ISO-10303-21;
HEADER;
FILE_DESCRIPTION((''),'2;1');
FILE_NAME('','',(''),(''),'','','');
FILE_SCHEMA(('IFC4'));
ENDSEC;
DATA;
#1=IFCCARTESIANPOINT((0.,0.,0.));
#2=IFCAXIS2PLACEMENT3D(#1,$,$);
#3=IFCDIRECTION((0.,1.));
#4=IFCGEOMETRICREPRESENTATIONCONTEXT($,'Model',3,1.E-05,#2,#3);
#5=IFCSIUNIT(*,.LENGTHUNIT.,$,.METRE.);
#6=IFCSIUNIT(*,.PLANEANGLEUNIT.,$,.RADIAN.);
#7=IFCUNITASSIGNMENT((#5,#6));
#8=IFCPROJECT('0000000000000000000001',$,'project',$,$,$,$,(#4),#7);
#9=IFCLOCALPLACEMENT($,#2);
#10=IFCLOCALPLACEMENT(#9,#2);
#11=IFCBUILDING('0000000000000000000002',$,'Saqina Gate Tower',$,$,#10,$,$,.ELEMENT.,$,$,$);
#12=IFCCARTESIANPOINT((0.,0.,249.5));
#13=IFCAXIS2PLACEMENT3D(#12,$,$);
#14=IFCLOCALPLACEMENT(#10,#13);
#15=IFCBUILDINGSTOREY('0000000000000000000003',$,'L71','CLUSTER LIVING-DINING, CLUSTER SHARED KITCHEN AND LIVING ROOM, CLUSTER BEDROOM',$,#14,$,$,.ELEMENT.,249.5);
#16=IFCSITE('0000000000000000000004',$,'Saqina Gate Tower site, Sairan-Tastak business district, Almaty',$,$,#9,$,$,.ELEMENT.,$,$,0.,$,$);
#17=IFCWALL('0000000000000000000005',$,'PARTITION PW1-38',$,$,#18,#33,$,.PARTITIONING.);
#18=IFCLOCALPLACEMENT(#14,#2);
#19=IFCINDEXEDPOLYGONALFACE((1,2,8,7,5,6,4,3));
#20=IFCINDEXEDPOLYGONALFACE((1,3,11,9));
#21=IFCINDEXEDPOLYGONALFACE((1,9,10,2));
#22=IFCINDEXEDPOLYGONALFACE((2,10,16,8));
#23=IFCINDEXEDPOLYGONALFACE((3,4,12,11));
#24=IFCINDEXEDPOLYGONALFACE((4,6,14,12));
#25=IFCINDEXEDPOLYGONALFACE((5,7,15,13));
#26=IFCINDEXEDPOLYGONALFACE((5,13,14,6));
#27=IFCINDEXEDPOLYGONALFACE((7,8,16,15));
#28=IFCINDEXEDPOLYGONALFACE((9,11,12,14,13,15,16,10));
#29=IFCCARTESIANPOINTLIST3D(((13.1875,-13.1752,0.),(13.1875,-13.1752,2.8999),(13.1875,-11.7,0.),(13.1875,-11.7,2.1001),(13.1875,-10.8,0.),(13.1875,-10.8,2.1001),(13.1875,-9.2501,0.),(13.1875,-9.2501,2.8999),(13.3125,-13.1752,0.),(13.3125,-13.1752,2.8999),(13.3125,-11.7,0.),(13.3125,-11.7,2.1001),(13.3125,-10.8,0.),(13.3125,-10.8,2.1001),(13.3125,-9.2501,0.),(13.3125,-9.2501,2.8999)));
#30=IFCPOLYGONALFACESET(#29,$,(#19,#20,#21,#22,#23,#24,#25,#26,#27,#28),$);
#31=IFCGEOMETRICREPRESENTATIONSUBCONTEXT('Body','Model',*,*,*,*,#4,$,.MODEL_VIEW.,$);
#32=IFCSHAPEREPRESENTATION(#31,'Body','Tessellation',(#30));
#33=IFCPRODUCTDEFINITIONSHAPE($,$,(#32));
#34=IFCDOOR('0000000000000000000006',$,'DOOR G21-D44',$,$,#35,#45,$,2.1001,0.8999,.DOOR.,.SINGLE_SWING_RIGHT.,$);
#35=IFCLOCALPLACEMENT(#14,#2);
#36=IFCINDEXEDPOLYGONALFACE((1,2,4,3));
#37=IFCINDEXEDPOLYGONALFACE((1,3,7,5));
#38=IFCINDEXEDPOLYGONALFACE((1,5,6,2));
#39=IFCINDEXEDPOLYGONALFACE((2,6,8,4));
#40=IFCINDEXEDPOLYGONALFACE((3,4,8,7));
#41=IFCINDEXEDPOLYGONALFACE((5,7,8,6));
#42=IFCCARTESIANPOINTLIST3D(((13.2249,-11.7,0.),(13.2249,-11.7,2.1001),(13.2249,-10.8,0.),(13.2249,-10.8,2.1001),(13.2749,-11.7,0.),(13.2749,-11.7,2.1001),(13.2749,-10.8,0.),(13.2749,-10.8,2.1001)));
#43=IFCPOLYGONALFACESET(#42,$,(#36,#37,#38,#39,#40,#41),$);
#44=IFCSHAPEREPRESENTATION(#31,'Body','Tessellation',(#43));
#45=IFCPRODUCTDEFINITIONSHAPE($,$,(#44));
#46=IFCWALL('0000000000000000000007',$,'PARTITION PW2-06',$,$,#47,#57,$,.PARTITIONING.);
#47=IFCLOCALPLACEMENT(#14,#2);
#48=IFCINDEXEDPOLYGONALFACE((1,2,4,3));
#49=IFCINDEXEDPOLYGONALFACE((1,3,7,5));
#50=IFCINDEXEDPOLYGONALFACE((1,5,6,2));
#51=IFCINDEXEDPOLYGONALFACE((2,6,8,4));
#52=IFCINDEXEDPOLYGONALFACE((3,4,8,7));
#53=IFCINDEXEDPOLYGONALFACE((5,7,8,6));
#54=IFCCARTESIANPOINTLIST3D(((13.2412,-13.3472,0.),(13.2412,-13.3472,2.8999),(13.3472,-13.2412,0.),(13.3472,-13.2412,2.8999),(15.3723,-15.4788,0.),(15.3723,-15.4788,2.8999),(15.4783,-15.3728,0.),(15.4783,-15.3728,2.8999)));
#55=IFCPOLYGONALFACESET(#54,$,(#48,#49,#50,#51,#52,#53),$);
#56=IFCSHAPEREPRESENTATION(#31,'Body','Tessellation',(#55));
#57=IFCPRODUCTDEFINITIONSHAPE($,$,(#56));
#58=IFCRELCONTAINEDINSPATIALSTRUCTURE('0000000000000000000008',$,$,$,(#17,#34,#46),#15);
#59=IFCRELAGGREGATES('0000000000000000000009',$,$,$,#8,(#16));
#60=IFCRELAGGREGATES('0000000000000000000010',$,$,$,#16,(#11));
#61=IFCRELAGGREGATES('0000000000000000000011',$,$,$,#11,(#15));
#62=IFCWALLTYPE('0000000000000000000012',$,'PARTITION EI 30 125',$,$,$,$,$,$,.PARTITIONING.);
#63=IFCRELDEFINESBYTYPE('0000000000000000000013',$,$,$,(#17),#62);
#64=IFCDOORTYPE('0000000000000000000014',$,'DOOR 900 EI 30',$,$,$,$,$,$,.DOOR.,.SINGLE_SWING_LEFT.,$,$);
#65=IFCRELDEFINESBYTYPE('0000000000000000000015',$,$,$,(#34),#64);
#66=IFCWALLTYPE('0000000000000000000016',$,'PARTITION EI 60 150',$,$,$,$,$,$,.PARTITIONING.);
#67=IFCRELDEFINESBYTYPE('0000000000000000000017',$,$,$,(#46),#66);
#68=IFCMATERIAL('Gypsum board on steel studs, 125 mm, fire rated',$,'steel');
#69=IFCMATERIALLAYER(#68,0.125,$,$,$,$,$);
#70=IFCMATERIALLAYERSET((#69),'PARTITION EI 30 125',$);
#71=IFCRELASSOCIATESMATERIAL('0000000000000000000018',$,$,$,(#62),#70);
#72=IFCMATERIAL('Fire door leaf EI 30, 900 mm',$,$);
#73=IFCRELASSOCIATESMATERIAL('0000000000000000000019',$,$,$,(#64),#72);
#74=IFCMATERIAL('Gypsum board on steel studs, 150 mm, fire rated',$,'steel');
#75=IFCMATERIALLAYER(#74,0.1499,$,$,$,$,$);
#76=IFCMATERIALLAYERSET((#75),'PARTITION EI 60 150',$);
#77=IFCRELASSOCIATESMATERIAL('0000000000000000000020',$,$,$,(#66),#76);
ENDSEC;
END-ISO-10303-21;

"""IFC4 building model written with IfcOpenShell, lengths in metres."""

from ifc_helpers import new_model, si_unit, direction, frame, frame_2d, origin, place, context, subcontext, project, spatial, rectangle, extrude, material, layer, layer_set, type_object, element, fill, save


model = new_model("IFC4")

# Units and contexts
model_context = context("Model", 3, precision=1e-05, world=origin(), true_north=direction((0.0, 1.0)))
body_context = subcontext(model_context, "Body", "Model", "MODEL_VIEW")
ifc_project = project(units=[si_unit("LENGTHUNIT", "METRE"), si_unit("PLANEANGLEUNIT", "RADIAN")], contexts=[model_context])

# Site, building, storey
site_placement = place(None, origin())
site = spatial("IfcSite", under=ifc_project, at=site_placement, Name="Saqina Gate Tower site, Sairan-Tastak business district, Almaty", CompositionType="ELEMENT", RefElevation=0.0)
building_placement = place(site_placement, origin())
building = spatial("IfcBuilding", under=site, at=building_placement, Name="Saqina Gate Tower", CompositionType="ELEMENT")
storey_placement = place(building_placement, frame((0.0, 0.0, 249.5)))
storey = spatial("IfcBuildingStorey", under=building, at=storey_placement, Name="L71", Description="CLUSTER LIVING-DINING, CLUSTER SHARED KITCHEN AND LIVING ROOM, CLUSTER BEDROOM", CompositionType="ELEMENT", Elevation=249.5)

# Wall, opening, door
ifc_material_1 = material(Name="Gypsum board on steel studs, 125 mm, fire rated", Category="steel")
ifc_layer_1 = layer(ifc_material_1, 0.125)
ifc_layer_set_1 = layer_set([ifc_layer_1], Name="PARTITION EI 30 125")
wall_type_1 = type_object("IfcWallType", Name="PARTITION EI 30 125", PredefinedType="PARTITIONING", material=ifc_layer_set_1)
wall_1_placement = place(storey_placement, frame((13.25, -13.175, 0.0), z_axis=(0.0, 0.0, 1.0), x_axis=(0.0, 1.0, 0.0)))
wall_1 = element("IfcWall", 1, at=wall_1_placement, inside=storey, type_object=wall_type_1, Name="PARTITION PW1-38", PredefinedType="PARTITIONING", context=body_context, shape_type="SweptSolid", body=[
    extrude(rectangle(XDim=3.925, YDim=0.125, at=frame_2d((1.9624, 0.0))), origin(), (0.0, 0.0, 1.0), 2.8999),
])
opening_1_placement = place(wall_1_placement, frame((1.4751, 0.0, 0.0)))
opening_1 = element("IfcOpeningElement", 2, at=opening_1_placement, cuts=wall_1, PredefinedType="OPENING", context=body_context, shape_type="SweptSolid", body=[
    extrude(rectangle(XDim=0.8999, YDim=2.1001, at=frame_2d((0.45, 1.05))), frame((0.0, 0.0745, 0.0), z_axis=(0.0, -1.0, 0.0), x_axis=(1.0, 0.0, 0.0)), (0.0, 0.0, 1.0), 0.1489),
])
ifc_material_2 = material(Name="Fire door leaf EI 30, 900 mm")
door_type_1 = type_object("IfcDoorType", Name="DOOR 900 EI 30", OperationType="SINGLE_SWING_LEFT", PredefinedType="DOOR", material=ifc_material_2)
door_1_placement = place(opening_1_placement, frame((0.8999, 0.0, 0.0), z_axis=(0.0, 0.0, 1.0), x_axis=(-1.0, 0.0, 0.0)))
door_1 = element("IfcDoor", 3, at=door_1_placement, inside=storey, type_object=door_type_1, Name="DOOR G21-D44", OperationType="SINGLE_SWING_RIGHT", OverallHeight=2.1001, OverallWidth=0.8999, PredefinedType="DOOR", context=body_context, shape_type="SweptSolid", body=[
    extrude(rectangle(XDim=0.8999, YDim=2.1001, at=frame_2d((0.45, 1.05))), frame((0.0, 0.0249, 0.0), z_axis=(0.0, -1.0, 0.0), x_axis=(1.0, 0.0, 0.0)), (0.0, 0.0, 1.0), 0.05),
])
fill(opening_1, door_1)

# Wall
ifc_material_3 = material(Name="Gypsum board on steel studs, 150 mm, fire rated", Category="steel")
ifc_layer_2 = layer(ifc_material_3, 0.1499)
ifc_layer_set_2 = layer_set([ifc_layer_2], Name="PARTITION EI 60 150")
wall_type_2 = type_object("IfcWallType", Name="PARTITION EI 60 150", PredefinedType="PARTITIONING", material=ifc_layer_set_2)
wall_2_placement = place(storey_placement, frame((13.2942, -13.2942, 0.0), z_axis=(0.0, 0.0, 1.0), x_axis=(0.707026, -0.707188, 0.0)))
element("IfcWall", 4, at=wall_2_placement, inside=storey, type_object=wall_type_2, Name="PARTITION PW2-06", PredefinedType="PARTITIONING", context=body_context, shape_type="SweptSolid", body=[
    extrude(rectangle(XDim=3.0142, YDim=0.1499, at=frame_2d((1.5071, 0.0))), origin(), (0.0, 0.0, 1.0), 2.8999),
])

save(model, "model.ifc")
